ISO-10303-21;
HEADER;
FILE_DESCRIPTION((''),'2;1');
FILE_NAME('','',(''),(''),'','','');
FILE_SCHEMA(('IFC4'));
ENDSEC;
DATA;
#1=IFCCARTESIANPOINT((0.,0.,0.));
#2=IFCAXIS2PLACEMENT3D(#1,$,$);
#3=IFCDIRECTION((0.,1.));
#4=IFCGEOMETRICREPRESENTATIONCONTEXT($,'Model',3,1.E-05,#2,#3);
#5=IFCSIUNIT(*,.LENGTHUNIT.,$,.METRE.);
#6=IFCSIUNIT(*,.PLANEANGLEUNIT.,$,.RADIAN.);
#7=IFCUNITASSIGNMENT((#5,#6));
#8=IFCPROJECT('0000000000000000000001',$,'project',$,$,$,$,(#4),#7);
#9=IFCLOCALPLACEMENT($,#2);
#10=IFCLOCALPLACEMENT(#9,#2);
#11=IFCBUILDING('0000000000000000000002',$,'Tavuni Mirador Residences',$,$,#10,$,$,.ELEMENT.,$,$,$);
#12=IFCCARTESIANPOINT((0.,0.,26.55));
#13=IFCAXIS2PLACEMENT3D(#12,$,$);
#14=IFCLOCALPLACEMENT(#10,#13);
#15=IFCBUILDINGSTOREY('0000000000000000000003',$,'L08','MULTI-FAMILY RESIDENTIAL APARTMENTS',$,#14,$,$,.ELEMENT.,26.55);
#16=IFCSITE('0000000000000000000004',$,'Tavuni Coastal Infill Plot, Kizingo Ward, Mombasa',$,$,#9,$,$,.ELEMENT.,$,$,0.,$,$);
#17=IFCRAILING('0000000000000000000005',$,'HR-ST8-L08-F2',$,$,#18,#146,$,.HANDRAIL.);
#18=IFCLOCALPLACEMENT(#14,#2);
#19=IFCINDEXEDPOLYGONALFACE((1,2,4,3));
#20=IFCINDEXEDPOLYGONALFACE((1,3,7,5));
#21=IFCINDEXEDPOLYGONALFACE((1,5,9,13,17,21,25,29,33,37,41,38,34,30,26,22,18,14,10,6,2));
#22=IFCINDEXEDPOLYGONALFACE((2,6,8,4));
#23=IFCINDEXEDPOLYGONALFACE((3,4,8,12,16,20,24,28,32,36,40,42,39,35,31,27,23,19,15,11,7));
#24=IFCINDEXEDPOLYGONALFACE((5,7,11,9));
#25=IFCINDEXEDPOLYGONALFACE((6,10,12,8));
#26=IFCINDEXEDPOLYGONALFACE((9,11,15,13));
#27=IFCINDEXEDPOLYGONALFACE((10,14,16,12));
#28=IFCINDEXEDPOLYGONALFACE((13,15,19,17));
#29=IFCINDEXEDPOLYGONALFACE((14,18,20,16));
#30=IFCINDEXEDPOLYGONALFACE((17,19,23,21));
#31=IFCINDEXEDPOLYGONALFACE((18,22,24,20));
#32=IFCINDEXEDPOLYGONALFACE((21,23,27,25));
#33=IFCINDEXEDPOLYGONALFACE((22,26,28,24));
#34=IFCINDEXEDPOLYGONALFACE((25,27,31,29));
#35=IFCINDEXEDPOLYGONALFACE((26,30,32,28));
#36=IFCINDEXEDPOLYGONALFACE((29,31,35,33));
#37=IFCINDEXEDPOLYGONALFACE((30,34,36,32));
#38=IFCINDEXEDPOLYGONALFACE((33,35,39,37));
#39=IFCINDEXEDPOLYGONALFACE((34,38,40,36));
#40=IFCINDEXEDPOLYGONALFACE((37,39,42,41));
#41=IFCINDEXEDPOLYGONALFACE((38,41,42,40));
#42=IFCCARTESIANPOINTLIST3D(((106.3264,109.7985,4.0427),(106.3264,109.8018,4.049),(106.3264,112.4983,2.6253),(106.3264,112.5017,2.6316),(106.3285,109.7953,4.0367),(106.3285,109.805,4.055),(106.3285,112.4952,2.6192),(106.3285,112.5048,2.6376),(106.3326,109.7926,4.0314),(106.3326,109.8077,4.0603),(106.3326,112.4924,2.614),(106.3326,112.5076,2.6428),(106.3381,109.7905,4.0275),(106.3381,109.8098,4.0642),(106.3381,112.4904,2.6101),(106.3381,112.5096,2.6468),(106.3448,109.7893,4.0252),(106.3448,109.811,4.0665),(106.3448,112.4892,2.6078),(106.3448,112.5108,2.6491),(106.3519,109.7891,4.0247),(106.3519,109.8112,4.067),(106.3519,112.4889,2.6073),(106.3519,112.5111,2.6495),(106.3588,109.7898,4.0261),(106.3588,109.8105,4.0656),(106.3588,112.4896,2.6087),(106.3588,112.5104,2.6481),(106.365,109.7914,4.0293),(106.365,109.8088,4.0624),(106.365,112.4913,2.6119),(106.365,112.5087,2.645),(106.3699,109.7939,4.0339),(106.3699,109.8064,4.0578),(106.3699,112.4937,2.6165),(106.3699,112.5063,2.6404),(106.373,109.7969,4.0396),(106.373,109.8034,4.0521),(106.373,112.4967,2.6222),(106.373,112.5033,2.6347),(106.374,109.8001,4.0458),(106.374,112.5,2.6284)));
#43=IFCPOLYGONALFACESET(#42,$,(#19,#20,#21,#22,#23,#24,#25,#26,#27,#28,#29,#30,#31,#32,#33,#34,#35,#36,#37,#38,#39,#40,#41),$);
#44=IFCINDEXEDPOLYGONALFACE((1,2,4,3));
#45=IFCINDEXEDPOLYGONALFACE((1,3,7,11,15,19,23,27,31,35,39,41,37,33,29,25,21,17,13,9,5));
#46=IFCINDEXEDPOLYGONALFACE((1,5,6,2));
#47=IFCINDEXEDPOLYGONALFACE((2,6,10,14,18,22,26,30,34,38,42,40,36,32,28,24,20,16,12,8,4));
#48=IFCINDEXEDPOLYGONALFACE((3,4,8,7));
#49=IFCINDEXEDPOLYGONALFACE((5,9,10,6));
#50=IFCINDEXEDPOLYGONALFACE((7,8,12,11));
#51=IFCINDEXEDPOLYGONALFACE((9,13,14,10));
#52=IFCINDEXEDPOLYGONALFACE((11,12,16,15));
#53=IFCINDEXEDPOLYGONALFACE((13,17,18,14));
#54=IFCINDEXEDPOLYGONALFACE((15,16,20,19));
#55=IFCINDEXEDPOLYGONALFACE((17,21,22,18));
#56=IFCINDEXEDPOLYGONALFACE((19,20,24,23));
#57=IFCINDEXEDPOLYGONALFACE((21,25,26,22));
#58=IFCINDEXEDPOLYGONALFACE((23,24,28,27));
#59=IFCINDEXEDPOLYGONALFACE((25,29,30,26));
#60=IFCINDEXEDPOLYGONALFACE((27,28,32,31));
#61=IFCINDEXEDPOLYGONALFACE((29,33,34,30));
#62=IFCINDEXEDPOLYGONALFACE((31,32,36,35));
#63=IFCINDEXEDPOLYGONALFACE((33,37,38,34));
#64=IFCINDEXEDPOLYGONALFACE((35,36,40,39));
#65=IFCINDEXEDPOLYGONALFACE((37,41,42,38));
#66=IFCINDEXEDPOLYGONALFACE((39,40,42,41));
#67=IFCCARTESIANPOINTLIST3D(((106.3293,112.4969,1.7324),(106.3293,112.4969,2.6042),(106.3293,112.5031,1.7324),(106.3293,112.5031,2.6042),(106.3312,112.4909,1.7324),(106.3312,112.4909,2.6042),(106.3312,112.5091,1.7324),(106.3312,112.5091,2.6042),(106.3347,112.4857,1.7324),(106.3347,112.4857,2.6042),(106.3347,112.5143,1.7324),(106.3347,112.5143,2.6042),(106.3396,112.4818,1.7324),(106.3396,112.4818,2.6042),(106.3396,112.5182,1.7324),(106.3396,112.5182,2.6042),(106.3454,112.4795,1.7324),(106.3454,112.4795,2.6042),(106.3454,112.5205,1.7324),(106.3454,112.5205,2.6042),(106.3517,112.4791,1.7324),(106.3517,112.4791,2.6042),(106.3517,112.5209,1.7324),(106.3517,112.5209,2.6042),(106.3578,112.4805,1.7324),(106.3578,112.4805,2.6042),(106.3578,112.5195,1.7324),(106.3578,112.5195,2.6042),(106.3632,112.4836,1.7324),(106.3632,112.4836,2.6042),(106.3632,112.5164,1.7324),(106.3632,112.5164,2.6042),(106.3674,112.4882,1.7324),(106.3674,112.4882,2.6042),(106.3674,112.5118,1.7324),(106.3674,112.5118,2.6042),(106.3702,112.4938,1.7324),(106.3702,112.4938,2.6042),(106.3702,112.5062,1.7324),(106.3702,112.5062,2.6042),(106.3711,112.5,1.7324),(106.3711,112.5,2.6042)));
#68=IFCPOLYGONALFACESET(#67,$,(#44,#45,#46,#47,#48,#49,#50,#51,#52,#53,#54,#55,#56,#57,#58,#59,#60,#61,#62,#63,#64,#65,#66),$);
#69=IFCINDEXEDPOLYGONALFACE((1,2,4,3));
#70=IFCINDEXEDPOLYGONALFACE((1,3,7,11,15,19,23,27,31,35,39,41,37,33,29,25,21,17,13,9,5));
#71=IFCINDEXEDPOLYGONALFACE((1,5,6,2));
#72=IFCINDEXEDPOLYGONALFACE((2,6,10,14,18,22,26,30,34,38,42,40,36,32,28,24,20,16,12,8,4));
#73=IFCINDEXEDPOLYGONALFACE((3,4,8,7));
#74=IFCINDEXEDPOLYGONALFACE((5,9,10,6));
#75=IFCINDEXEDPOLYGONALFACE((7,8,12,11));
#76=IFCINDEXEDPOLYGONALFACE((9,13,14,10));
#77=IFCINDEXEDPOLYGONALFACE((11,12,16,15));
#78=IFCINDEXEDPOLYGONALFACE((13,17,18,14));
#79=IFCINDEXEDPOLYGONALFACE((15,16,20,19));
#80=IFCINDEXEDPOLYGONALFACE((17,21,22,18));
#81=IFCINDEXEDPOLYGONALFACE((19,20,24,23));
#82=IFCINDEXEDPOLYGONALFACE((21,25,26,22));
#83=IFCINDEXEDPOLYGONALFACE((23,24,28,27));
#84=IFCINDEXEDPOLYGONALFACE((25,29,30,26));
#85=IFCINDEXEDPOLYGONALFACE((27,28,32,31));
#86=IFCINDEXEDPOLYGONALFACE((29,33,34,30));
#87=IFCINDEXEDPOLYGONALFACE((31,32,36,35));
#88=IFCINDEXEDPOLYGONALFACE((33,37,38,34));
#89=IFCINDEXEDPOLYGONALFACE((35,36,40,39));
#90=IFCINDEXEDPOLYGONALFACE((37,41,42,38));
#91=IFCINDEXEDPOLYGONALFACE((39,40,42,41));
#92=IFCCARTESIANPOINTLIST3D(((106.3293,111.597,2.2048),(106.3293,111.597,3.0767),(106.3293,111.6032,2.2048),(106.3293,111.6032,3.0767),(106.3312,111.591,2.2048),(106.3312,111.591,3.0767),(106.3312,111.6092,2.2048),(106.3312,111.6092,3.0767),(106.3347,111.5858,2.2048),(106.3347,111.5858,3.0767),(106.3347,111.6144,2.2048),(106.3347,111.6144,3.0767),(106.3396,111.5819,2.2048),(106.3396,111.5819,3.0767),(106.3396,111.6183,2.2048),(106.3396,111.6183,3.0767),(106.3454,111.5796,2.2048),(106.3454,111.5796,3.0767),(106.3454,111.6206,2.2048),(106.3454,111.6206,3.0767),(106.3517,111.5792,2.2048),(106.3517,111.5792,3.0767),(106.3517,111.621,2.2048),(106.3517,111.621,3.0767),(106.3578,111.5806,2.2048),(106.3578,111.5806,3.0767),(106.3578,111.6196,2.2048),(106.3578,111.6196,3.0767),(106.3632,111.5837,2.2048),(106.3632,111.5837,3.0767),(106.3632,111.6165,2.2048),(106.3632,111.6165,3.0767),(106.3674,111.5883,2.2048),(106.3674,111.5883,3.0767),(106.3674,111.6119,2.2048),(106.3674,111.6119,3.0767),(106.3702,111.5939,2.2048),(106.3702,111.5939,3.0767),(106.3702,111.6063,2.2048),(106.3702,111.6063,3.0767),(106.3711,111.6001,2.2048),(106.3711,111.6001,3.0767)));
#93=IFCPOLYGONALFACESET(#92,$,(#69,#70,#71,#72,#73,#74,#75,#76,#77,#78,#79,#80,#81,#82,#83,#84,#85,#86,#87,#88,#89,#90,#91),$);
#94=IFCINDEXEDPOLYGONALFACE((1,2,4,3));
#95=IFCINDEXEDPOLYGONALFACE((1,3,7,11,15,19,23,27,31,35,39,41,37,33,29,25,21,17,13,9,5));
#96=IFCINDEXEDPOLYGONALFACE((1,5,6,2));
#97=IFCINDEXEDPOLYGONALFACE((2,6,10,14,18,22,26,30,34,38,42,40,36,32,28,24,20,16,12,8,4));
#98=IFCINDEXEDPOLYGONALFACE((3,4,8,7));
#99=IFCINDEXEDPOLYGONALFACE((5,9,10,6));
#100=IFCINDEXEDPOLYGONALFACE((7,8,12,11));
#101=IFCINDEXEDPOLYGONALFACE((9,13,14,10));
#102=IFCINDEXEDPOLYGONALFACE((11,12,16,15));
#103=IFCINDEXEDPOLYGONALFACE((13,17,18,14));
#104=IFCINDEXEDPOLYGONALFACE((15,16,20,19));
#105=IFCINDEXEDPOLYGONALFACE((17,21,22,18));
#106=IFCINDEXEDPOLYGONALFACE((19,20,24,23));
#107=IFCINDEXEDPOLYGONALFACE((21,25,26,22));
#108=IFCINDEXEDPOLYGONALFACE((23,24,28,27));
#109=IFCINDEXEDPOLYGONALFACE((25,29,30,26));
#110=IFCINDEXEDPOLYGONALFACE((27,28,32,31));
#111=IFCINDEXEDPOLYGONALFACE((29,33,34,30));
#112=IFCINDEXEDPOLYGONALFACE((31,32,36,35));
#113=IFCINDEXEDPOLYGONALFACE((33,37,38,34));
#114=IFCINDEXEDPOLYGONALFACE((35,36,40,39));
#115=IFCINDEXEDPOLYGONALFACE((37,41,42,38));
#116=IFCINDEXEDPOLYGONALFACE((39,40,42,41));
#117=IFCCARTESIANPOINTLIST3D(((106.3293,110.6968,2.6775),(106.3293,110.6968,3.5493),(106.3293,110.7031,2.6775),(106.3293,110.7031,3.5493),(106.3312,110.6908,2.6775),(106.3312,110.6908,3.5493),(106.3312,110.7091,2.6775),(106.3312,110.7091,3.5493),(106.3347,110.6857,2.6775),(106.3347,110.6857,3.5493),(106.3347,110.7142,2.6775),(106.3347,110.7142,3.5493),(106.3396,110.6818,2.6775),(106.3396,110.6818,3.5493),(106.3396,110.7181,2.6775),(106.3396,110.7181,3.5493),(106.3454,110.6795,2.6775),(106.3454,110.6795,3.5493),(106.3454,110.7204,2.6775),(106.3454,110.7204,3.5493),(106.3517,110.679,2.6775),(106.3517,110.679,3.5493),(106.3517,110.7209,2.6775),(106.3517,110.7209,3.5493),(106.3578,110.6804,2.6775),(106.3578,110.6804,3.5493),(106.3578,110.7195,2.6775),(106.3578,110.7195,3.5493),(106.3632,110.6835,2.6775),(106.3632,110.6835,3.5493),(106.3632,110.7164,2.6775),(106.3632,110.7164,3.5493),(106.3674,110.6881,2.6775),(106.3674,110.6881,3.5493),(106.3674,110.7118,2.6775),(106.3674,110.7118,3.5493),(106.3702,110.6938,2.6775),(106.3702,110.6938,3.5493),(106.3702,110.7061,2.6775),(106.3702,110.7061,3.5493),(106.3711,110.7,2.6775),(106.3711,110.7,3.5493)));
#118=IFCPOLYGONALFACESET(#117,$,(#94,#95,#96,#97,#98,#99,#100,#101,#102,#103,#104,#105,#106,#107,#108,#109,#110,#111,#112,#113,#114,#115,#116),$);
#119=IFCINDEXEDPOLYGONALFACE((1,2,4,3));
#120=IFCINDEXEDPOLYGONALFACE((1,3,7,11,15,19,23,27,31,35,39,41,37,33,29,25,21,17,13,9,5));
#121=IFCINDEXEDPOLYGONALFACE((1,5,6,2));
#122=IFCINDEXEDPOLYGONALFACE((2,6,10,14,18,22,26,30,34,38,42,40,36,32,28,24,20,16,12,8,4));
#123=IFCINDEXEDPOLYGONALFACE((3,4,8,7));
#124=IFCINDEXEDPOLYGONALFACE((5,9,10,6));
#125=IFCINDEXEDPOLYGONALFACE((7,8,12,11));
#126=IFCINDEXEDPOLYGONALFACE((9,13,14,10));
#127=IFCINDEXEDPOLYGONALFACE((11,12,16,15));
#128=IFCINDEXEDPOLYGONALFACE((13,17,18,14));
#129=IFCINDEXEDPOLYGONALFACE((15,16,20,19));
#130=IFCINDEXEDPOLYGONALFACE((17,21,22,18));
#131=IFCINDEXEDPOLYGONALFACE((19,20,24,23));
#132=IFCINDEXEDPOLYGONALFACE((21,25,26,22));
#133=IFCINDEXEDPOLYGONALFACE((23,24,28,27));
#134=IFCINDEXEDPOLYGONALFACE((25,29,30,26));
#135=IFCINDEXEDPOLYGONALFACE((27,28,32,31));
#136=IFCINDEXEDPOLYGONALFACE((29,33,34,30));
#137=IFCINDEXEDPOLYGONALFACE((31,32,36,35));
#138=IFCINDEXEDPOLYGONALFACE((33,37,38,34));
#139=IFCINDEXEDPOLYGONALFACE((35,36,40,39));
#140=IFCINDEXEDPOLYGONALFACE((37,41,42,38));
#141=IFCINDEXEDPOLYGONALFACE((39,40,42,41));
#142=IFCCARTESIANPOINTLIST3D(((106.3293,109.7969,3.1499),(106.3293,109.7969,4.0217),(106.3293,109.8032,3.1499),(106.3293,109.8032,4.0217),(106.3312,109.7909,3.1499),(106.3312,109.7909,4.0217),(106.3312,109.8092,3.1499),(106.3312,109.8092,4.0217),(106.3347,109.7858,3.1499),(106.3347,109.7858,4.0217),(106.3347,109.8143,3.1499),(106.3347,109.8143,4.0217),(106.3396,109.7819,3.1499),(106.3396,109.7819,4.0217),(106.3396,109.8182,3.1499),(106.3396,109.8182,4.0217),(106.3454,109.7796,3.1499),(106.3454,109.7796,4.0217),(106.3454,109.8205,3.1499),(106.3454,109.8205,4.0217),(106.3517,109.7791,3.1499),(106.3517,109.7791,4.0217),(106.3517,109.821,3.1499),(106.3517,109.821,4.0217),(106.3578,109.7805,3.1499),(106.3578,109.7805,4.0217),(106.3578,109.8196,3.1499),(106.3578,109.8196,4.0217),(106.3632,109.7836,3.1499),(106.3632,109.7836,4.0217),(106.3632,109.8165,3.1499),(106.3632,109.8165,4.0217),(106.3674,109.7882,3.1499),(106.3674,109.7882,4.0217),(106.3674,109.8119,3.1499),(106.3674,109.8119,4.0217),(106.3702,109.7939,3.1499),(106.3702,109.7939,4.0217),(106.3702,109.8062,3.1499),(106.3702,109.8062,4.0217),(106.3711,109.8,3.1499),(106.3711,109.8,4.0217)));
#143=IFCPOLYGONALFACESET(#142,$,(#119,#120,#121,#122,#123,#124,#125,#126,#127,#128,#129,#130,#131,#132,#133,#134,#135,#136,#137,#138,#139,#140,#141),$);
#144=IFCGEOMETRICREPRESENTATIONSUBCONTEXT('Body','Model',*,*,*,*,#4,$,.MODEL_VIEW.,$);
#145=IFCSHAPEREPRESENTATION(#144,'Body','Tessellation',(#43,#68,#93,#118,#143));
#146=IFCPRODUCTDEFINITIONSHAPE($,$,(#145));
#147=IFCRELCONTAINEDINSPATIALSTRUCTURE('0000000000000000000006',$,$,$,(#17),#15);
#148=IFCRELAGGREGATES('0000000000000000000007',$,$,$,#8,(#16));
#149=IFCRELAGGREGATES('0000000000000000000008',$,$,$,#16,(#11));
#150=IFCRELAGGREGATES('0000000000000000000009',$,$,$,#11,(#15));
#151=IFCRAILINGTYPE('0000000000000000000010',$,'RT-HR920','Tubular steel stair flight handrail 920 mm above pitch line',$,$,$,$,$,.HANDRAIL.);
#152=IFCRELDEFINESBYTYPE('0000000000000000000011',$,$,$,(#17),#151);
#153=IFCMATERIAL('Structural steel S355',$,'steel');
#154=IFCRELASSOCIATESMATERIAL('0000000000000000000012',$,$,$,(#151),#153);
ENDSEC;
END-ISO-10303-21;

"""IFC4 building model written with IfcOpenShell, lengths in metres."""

from ifc_helpers import new_model, si_unit, direction, frame, origin, origin_2d, place, context, subcontext, project, spatial, circle, extrude, material, type_object, element, save


model = new_model("IFC4")

# Units and contexts
model_context = context("Model", 3, precision=1e-05, world=origin(), true_north=direction((0.0, 1.0)))
body_context = subcontext(model_context, "Body", "Model", "MODEL_VIEW")
ifc_project = project(units=[si_unit("LENGTHUNIT", "METRE"), si_unit("PLANEANGLEUNIT", "RADIAN")], contexts=[model_context])

# Site, building, storey
site_placement = place(None, origin())
site = spatial("IfcSite", under=ifc_project, at=site_placement, Name="Tavuni Coastal Infill Plot, Kizingo Ward, Mombasa", CompositionType="ELEMENT", RefElevation=0.0)
building_placement = place(site_placement, origin())
building = spatial("IfcBuilding", under=site, at=building_placement, Name="Tavuni Mirador Residences", CompositionType="ELEMENT")
storey_placement = place(building_placement, frame((0.0, 0.0, 26.55)))
storey = spatial("IfcBuildingStorey", under=building, at=storey_placement, Name="L08", Description="MULTI-FAMILY RESIDENTIAL APARTMENTS", CompositionType="ELEMENT", Elevation=26.55)

# Railing
ifc_material_1 = material(Name="Structural steel S355", Category="steel")
railing_type_1 = type_object("IfcRailingType", Name="RT-HR920", Description="Tubular steel stair flight handrail 920 mm above pitch line", PredefinedType="HANDRAIL", material=ifc_material_1)
railing_1_placement = place(storey_placement, frame((106.3501, 112.5, 1.7324)))
element("IfcRailing", 1, at=railing_1_placement, inside=storey, type_object=railing_type_1, Name="HR-ST8-L08-F2", PredefinedType="HANDRAIL", context=body_context, shape_type="SweptSolid", body=[
    extrude(circle(Radius=0.0239, at=origin_2d()), frame((0.0, 0.0, 0.896), z_axis=(0.0, -0.885397, 0.464835), x_axis=(1.0, 0.0, 0.0)), (0.0, 0.0, 1.0), 3.0493),
    extrude(circle(Radius=0.021, at=origin_2d()), origin(), (0.0, 0.0, 1.0), 0.8718),
    extrude(circle(Radius=0.021, at=origin_2d()), frame((0.0, -0.8999, 0.4724)), (0.0, 0.0, 1.0), 0.8718),
    extrude(circle(Radius=0.021, at=origin_2d()), frame((0.0, -1.8, 0.9451)), (0.0, 0.0, 1.0), 0.8718),
    extrude(circle(Radius=0.021, at=origin_2d()), frame((0.0, -2.7, 1.4175)), (0.0, 0.0, 1.0), 0.8718),
])

save(model, "model.ifc")
